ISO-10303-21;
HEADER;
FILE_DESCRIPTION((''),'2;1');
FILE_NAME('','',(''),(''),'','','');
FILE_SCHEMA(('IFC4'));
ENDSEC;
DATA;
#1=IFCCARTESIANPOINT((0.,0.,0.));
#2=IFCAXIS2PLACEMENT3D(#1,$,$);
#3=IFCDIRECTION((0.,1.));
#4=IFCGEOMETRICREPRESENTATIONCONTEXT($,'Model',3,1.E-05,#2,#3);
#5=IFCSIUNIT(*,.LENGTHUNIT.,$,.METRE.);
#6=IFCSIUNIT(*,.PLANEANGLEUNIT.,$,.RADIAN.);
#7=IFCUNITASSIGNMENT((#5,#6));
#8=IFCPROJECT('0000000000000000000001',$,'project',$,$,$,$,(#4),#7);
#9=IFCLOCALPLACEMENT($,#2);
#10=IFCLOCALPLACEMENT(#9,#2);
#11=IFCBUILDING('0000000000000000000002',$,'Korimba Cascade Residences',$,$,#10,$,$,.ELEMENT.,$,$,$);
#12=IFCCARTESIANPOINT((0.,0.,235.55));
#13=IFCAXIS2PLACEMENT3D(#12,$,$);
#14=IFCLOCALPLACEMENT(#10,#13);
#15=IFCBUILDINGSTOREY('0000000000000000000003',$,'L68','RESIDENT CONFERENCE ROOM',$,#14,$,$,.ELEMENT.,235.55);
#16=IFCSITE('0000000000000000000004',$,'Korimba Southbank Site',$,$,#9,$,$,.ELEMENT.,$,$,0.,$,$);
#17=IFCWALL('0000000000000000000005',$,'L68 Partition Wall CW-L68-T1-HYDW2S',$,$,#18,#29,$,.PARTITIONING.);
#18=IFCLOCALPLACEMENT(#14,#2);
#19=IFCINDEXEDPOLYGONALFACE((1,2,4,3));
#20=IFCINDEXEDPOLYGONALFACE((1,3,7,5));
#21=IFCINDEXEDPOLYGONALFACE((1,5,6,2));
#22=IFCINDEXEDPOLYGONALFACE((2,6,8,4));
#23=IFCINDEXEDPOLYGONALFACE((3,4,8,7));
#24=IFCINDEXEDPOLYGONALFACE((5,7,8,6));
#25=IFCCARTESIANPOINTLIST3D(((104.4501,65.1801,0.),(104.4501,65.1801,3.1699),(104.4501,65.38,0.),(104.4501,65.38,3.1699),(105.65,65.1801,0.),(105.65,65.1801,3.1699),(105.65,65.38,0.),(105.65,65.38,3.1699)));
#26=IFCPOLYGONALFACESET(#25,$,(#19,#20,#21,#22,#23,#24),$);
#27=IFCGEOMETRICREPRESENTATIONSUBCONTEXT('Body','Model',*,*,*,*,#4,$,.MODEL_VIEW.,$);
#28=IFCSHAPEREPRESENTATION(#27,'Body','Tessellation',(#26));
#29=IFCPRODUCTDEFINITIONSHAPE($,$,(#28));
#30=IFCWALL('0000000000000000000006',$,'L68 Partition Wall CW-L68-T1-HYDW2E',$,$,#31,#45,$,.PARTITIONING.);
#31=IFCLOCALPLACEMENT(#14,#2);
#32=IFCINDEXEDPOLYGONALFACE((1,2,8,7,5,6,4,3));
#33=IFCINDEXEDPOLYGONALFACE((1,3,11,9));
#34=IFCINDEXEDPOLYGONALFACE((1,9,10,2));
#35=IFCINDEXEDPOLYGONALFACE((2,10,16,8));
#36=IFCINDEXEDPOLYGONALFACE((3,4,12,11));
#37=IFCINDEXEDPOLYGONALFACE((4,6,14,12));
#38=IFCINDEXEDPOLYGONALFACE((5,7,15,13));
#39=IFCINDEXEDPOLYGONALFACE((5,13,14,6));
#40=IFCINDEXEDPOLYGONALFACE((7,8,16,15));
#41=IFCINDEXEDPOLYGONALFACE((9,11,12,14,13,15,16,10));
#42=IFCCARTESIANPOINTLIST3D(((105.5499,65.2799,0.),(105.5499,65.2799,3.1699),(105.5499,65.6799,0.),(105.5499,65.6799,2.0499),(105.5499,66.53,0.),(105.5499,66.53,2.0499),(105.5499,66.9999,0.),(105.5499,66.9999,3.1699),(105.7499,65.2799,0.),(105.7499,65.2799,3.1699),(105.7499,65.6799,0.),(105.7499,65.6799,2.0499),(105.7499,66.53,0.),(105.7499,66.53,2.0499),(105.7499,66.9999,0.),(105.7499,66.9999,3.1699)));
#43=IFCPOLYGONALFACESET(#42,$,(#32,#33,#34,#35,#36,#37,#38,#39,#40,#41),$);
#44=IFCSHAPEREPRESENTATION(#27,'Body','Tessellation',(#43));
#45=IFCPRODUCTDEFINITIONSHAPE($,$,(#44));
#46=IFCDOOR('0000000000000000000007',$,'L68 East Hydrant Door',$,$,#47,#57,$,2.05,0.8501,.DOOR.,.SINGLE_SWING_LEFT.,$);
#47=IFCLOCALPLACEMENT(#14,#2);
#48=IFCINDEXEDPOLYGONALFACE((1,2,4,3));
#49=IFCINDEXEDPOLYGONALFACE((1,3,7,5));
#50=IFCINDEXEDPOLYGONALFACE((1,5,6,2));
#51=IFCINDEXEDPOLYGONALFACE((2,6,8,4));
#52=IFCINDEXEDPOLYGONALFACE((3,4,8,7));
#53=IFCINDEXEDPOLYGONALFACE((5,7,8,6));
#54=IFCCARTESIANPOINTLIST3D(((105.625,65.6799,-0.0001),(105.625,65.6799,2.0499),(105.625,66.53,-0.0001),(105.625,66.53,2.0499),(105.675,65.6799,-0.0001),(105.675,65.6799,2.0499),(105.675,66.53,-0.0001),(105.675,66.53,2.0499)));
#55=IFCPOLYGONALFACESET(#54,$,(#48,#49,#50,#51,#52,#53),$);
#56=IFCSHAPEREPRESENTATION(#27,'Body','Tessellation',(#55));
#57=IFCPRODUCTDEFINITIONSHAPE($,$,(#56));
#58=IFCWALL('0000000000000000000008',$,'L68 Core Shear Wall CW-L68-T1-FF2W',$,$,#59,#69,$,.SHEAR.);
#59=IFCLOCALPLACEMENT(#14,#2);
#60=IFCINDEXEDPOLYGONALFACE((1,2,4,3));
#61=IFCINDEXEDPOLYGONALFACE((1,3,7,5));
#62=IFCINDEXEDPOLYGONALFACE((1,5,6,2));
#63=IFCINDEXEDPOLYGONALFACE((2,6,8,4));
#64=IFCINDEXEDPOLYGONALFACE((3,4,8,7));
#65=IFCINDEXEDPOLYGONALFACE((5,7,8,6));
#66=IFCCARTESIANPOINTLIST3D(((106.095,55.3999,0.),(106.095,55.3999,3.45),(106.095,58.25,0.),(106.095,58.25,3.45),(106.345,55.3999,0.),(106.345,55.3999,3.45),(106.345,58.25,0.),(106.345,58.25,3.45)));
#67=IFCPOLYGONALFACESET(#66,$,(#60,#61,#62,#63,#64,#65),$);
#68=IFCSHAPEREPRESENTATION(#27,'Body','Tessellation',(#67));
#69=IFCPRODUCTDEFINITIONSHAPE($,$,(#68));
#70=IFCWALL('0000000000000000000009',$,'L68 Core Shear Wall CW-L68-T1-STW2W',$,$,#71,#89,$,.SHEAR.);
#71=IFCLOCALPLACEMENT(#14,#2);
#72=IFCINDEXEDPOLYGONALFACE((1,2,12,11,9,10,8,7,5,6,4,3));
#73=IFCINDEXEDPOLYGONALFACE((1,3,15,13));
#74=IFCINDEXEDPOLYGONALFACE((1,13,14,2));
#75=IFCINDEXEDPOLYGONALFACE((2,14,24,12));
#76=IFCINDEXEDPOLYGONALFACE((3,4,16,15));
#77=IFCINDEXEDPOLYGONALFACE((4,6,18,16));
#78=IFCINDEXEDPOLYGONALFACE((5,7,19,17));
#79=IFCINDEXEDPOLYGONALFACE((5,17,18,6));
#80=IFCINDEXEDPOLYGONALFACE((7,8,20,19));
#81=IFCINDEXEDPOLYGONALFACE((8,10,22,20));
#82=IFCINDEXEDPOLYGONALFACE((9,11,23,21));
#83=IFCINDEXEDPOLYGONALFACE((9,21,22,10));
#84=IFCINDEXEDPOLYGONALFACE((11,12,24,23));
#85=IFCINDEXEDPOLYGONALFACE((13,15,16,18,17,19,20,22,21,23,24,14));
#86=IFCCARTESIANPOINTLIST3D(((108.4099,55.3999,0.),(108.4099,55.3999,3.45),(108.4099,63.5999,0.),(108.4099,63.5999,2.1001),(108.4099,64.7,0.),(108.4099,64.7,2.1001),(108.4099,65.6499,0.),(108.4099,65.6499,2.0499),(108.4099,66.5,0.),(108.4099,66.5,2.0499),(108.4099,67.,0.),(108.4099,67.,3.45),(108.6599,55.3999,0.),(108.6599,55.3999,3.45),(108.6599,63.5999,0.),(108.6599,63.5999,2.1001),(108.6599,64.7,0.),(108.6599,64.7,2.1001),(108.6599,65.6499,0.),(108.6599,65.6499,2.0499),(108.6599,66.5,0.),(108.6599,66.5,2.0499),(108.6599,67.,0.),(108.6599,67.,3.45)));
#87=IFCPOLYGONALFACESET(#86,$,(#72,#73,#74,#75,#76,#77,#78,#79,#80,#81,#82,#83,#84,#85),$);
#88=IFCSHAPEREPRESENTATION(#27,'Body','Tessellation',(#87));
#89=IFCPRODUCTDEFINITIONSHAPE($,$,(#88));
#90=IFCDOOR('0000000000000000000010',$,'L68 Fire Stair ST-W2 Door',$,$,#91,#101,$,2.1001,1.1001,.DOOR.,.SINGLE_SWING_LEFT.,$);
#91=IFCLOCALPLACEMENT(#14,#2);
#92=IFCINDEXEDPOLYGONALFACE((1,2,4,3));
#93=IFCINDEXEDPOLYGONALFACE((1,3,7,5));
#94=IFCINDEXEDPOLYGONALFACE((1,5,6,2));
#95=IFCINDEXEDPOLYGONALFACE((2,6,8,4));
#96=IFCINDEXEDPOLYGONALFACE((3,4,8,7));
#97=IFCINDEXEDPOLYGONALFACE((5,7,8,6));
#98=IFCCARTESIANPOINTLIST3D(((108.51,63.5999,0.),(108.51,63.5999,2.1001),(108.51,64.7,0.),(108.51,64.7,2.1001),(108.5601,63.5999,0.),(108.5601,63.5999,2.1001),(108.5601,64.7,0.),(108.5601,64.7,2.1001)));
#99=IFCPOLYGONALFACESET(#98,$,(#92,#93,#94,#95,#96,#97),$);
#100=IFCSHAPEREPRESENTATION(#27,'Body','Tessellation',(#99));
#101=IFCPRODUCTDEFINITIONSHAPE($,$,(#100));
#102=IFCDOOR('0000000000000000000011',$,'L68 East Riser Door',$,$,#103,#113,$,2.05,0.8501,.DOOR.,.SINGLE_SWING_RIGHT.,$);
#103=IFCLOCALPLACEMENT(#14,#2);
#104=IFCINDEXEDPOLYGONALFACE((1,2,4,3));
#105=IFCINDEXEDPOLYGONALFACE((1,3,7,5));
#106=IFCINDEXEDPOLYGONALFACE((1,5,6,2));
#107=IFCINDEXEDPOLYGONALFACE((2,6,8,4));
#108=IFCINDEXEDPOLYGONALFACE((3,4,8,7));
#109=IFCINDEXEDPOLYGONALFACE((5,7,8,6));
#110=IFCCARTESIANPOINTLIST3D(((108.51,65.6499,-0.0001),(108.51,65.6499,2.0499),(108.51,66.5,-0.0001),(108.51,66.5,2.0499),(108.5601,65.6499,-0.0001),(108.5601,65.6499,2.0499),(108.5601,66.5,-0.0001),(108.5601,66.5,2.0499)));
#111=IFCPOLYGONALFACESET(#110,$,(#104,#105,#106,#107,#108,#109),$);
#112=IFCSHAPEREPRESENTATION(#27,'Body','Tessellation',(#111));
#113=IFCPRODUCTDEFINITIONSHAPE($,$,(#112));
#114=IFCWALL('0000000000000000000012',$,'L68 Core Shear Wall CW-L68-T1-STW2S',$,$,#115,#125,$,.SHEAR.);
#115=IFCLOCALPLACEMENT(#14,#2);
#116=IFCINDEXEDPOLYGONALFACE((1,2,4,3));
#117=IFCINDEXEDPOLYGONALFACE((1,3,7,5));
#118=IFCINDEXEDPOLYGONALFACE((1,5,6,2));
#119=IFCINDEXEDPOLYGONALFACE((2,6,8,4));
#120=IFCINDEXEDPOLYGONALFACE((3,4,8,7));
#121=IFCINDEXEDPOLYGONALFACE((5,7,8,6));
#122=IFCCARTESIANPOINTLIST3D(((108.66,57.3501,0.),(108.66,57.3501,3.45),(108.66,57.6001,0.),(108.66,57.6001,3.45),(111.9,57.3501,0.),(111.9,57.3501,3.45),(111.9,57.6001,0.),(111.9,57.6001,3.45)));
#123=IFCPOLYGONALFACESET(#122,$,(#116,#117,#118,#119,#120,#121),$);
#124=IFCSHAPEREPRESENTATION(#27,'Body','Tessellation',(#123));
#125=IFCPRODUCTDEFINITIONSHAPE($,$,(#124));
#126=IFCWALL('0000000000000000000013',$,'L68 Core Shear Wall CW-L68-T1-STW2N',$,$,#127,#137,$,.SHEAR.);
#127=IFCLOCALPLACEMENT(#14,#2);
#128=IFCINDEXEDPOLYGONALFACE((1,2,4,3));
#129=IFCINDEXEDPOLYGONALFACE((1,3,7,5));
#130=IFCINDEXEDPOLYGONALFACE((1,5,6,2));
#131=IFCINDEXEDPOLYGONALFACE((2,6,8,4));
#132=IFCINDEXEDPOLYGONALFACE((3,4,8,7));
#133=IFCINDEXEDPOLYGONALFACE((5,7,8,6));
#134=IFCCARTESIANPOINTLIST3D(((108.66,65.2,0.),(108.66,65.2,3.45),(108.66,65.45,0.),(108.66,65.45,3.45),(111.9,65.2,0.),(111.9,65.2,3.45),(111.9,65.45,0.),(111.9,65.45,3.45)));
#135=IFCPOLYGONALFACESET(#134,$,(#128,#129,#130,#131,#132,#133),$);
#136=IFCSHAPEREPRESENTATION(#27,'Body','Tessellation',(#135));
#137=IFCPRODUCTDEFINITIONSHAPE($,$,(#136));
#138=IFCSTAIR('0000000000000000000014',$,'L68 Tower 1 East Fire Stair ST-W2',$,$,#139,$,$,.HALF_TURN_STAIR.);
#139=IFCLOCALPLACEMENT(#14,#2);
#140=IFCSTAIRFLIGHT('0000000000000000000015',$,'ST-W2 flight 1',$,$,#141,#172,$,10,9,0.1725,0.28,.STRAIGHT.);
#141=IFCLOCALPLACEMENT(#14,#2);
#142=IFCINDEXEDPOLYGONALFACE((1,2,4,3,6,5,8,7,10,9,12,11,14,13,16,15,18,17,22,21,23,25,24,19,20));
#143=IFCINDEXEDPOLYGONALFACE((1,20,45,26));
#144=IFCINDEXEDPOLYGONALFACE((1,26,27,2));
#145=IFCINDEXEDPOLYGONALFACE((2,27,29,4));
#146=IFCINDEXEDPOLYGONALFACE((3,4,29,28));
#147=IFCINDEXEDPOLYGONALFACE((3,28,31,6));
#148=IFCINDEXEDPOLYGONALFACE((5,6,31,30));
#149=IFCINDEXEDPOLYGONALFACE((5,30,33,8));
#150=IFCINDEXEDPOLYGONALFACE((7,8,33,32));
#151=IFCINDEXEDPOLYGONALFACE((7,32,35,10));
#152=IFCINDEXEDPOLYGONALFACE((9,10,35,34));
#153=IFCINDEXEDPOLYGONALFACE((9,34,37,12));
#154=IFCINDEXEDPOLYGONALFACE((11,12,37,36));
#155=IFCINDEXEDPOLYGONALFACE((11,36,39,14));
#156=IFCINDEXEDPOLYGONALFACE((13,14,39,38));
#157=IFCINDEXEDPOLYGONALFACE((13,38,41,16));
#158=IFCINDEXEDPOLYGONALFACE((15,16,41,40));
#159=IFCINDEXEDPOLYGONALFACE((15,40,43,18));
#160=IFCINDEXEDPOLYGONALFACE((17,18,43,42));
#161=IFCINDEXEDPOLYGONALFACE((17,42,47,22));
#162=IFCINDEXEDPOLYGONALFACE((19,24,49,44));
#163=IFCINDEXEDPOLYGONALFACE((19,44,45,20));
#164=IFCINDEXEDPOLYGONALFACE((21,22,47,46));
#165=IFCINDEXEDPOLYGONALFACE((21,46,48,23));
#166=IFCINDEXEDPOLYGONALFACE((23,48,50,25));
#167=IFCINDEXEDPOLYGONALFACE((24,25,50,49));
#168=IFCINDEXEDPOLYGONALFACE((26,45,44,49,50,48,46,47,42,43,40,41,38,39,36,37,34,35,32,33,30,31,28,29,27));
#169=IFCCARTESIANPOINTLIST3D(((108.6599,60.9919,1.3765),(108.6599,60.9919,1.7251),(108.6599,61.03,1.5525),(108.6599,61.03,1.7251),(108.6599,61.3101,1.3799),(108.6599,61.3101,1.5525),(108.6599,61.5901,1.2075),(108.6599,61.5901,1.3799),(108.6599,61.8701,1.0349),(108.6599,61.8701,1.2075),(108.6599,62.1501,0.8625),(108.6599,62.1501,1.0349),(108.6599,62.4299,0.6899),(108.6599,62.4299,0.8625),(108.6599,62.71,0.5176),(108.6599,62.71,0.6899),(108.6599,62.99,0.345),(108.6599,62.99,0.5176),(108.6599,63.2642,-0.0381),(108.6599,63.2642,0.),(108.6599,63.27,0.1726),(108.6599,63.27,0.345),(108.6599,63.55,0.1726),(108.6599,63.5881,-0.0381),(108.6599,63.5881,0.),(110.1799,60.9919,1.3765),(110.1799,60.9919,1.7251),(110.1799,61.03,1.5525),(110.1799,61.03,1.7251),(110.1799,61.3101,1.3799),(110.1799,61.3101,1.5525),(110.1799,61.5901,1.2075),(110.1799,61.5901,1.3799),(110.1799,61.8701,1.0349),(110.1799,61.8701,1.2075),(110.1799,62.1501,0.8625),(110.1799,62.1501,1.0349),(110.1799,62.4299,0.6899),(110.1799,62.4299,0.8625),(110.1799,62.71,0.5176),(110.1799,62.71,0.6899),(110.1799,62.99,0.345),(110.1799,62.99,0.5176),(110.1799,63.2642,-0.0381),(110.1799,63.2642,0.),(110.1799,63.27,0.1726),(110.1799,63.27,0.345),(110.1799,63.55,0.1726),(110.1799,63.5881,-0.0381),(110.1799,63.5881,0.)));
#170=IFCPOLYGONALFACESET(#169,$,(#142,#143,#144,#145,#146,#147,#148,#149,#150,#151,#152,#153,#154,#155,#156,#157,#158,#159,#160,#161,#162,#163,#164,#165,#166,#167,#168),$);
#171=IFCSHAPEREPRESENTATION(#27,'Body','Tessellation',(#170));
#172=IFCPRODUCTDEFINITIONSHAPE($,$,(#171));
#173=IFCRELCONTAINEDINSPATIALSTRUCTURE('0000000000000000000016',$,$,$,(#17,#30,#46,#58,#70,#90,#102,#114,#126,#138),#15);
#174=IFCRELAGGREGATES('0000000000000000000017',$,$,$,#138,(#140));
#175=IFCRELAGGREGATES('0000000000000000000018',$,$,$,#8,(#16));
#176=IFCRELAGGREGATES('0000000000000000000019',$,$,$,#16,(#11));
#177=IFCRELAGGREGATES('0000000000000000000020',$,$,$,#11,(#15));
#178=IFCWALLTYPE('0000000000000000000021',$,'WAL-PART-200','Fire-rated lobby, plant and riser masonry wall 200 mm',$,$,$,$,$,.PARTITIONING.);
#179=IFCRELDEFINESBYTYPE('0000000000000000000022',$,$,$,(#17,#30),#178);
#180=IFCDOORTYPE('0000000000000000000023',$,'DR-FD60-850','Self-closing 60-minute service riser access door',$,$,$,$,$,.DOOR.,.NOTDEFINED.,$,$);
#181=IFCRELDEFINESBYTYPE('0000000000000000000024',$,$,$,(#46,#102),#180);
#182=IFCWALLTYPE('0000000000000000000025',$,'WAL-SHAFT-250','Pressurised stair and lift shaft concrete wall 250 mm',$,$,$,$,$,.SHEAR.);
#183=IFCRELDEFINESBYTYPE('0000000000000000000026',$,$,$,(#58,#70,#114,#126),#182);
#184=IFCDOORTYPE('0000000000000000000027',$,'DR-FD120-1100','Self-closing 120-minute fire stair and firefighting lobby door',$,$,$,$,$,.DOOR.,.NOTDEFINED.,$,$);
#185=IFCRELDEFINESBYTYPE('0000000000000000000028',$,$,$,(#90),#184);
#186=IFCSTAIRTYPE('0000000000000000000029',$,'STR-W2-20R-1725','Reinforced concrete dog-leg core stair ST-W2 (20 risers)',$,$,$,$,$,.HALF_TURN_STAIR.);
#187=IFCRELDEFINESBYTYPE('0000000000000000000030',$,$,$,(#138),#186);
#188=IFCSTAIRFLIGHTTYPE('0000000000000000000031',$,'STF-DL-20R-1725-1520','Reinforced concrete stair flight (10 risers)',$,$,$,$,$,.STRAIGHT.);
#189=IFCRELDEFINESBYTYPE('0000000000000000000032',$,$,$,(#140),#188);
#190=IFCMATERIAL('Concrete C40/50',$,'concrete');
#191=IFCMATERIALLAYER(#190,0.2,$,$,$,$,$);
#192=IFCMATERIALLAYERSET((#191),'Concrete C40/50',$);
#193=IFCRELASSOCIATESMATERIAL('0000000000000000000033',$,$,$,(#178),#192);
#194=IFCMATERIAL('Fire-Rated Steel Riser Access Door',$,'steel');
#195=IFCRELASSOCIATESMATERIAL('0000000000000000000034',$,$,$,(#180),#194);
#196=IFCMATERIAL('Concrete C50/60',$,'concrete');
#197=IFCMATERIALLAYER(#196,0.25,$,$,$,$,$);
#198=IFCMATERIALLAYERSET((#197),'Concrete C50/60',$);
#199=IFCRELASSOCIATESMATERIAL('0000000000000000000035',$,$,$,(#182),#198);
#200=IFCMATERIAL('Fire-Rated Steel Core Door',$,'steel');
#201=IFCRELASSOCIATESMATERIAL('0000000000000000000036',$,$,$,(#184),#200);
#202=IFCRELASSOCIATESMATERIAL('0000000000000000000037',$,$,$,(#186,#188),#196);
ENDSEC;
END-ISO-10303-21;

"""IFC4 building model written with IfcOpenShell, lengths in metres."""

from ifc_helpers import new_model, si_unit, direction, frame, frame_2d, origin, place, context, subcontext, project, spatial, polyline, rectangle, outline, extrude, material, layer, layer_set, type_object, element, fill, aggregate, save


model = new_model("IFC4")

# Units and contexts
model_context = context("Model", 3, precision=1e-05, world=origin(), true_north=direction((0.0, 1.0)))
body_context = subcontext(model_context, "Body", "Model", "MODEL_VIEW")
ifc_project = project(units=[si_unit("LENGTHUNIT", "METRE"), si_unit("PLANEANGLEUNIT", "RADIAN")], contexts=[model_context])

# Site, building, storey
site_placement = place(None, origin())
site = spatial("IfcSite", under=ifc_project, at=site_placement, Name="Korimba Southbank Site", CompositionType="ELEMENT", RefElevation=0.0)
building_placement = place(site_placement, origin())
building = spatial("IfcBuilding", under=site, at=building_placement, Name="Korimba Cascade Residences", CompositionType="ELEMENT")
storey_placement = place(building_placement, frame((0.0, 0.0, 235.55)))
storey = spatial("IfcBuildingStorey", under=building, at=storey_placement, Name="L68", Description="RESIDENT CONFERENCE ROOM", CompositionType="ELEMENT", Elevation=235.55)

# Wall
ifc_material_1 = material(Name="Concrete C40/50", Category="concrete")
ifc_layer_1 = layer(ifc_material_1, 0.2)
ifc_layer_set_1 = layer_set([ifc_layer_1], Name="Concrete C40/50")
wall_type_1 = type_object("IfcWallType", Name="WAL-PART-200", Description="Fire-rated lobby, plant and riser masonry wall 200 mm", PredefinedType="PARTITIONING", material=ifc_layer_set_1)
wall_1_placement = place(storey_placement, frame((104.45, 65.28, 0.0), z_axis=(0.0, 0.0, 1.0), x_axis=(1.0, 0.0, 0.0)))
element("IfcWall", 1, at=wall_1_placement, inside=storey, type_object=wall_type_1, Name="L68 Partition Wall CW-L68-T1-HYDW2S", PredefinedType="PARTITIONING", context=body_context, shape_type="SweptSolid", body=[
    extrude(rectangle(XDim=1.2, YDim=0.2, at=frame_2d((0.6001, 0.0))), origin(), (0.0, 0.0, 1.0), 3.1699),
])

# Wall, opening, door
wall_2_placement = place(storey_placement, frame((105.6499, 65.28, 0.0), z_axis=(0.0, 0.0, 1.0), x_axis=(0.0, 1.0, 0.0)))
wall_2 = element("IfcWall", 2, at=wall_2_placement, inside=storey, type_object=wall_type_1, Name="L68 Partition Wall CW-L68-T1-HYDW2E", PredefinedType="PARTITIONING", context=body_context, shape_type="SweptSolid", body=[
    extrude(rectangle(XDim=1.72, YDim=0.2, at=frame_2d((0.8599, 0.0))), origin(), (0.0, 0.0, 1.0), 3.1699),
])
opening_1_placement = place(wall_2_placement, frame((0.3999, 0.0, 0.0)))
opening_1 = element("IfcOpeningElement", 3, at=opening_1_placement, cuts=wall_2, PredefinedType="OPENING", context=body_context, shape_type="SweptSolid", body=[
    extrude(rectangle(XDim=0.8501, YDim=2.05, at=frame_2d((0.425, 1.0249))), frame((0.0, 0.1099, 0.0), z_axis=(0.0, -1.0, 0.0), x_axis=(1.0, 0.0, 0.0)), (0.0, 0.0, 1.0), 0.22),
])
ifc_material_2 = material(Name="Fire-Rated Steel Riser Access Door", Category="steel")
door_type_1 = type_object("IfcDoorType", Name="DR-FD60-850", Description="Self-closing 60-minute service riser access door", OperationType="NOTDEFINED", PredefinedType="DOOR", material=ifc_material_2)
door_1_placement = place(opening_1_placement, origin())
door_1 = element("IfcDoor", 4, at=door_1_placement, inside=storey, type_object=door_type_1, Name="L68 East Hydrant Door", OperationType="SINGLE_SWING_LEFT", OverallHeight=2.05, OverallWidth=0.8501, PredefinedType="DOOR", context=body_context, shape_type="SweptSolid", body=[
    extrude(rectangle(XDim=0.8501, YDim=2.05, at=frame_2d((0.425, 1.0249))), frame((0.0, 0.0249, 0.0), z_axis=(0.0, -1.0, 0.0), x_axis=(1.0, 0.0, 0.0)), (0.0, 0.0, 1.0), 0.05),
])
fill(opening_1, door_1)

# Wall
ifc_material_3 = material(Name="Concrete C50/60", Category="concrete")
ifc_layer_2 = layer(ifc_material_3, 0.25)
ifc_layer_set_2 = layer_set([ifc_layer_2], Name="Concrete C50/60")
wall_type_2 = type_object("IfcWallType", Name="WAL-SHAFT-250", Description="Pressurised stair and lift shaft concrete wall 250 mm", PredefinedType="SHEAR", material=ifc_layer_set_2)
wall_3_placement = place(storey_placement, frame((106.22, 55.3999, 0.0), z_axis=(0.0, 0.0, 1.0), x_axis=(0.0, 1.0, 0.0)))
element("IfcWall", 5, at=wall_3_placement, inside=storey, type_object=wall_type_2, Name="L68 Core Shear Wall CW-L68-T1-FF2W", PredefinedType="SHEAR", context=body_context, shape_type="SweptSolid", body=[
    extrude(rectangle(XDim=2.8501, YDim=0.25, at=frame_2d((1.425, 0.0))), origin(), (0.0, 0.0, 1.0), 3.45),
])

# Wall, openings, doors
wall_4_placement = place(storey_placement, frame((108.5349, 55.3999, 0.0), z_axis=(0.0, 0.0, 1.0), x_axis=(0.0, 1.0, 0.0)))
wall_4 = element("IfcWall", 6, at=wall_4_placement, inside=storey, type_object=wall_type_2, Name="L68 Core Shear Wall CW-L68-T1-STW2W", PredefinedType="SHEAR", context=body_context, shape_type="SweptSolid", body=[
    extrude(rectangle(XDim=11.6001, YDim=0.25, at=frame_2d((5.8, 0.0))), origin(), (0.0, 0.0, 1.0), 3.45),
])
opening_2_placement = place(wall_4_placement, frame((8.2, 0.0, 0.0)))
opening_2 = element("IfcOpeningElement", 7, at=opening_2_placement, cuts=wall_4, PredefinedType="OPENING", context=body_context, shape_type="SweptSolid", body=[
    extrude(rectangle(XDim=1.1001, YDim=2.1001, at=frame_2d((0.55, 1.05))), frame((0.0, 0.135, 0.0), z_axis=(0.0, -1.0, 0.0), x_axis=(1.0, 0.0, 0.0)), (0.0, 0.0, 1.0), 0.27),
])
opening_3_placement = place(wall_4_placement, frame((10.25, 0.0, 0.0)))
opening_3 = element("IfcOpeningElement", 8, at=opening_3_placement, cuts=wall_4, PredefinedType="OPENING", context=body_context, shape_type="SweptSolid", body=[
    extrude(rectangle(XDim=0.8501, YDim=2.05, at=frame_2d((0.425, 1.0249))), frame((0.0, 0.135, 0.0), z_axis=(0.0, -1.0, 0.0), x_axis=(1.0, 0.0, 0.0)), (0.0, 0.0, 1.0), 0.27),
])
ifc_material_4 = material(Name="Fire-Rated Steel Core Door", Category="steel")
door_type_2 = type_object("IfcDoorType", Name="DR-FD120-1100", Description="Self-closing 120-minute fire stair and firefighting lobby door", OperationType="NOTDEFINED", PredefinedType="DOOR", material=ifc_material_4)
door_2_placement = place(opening_2_placement, origin())
door_2 = element("IfcDoor", 9, at=door_2_placement, inside=storey, type_object=door_type_2, Name="L68 Fire Stair ST-W2 Door", OperationType="SINGLE_SWING_LEFT", OverallHeight=2.1001, OverallWidth=1.1001, PredefinedType="DOOR", context=body_context, shape_type="SweptSolid", body=[
    extrude(rectangle(XDim=1.1001, YDim=2.1001, at=frame_2d((0.55, 1.05))), frame((0.0, 0.0249, 0.0), z_axis=(0.0, -1.0, 0.0), x_axis=(1.0, 0.0, 0.0)), (0.0, 0.0, 1.0), 0.05),
])
fill(opening_2, door_2)
door_3_placement = place(opening_3_placement, origin())
door_3 = element("IfcDoor", 10, at=door_3_placement, inside=storey, type_object=door_type_1, Name="L68 East Riser Door", OperationType="SINGLE_SWING_RIGHT", OverallHeight=2.05, OverallWidth=0.8501, PredefinedType="DOOR", context=body_context, shape_type="SweptSolid", body=[
    extrude(rectangle(XDim=0.8501, YDim=2.05, at=frame_2d((0.425, 1.0249))), frame((0.0, 0.0249, 0.0), z_axis=(0.0, -1.0, 0.0), x_axis=(1.0, 0.0, 0.0)), (0.0, 0.0, 1.0), 0.05),
])
fill(opening_3, door_3)

# Walls
for number, where, z_axis, x_axis, name in (
    (11, (108.6599, 57.4751, 0.0), (0.0, 0.0, 1.0), (1.0, 0.0, 0.0), "L68 Core Shear Wall CW-L68-T1-STW2S"),
    (12, (108.6599, 65.325, 0.0), (0.0, 0.0, 1.0), (1.0, 0.0, 0.0), "L68 Core Shear Wall CW-L68-T1-STW2N"),
):
    element("IfcWall", number, at=place(storey_placement, frame(where, z_axis=z_axis, x_axis=x_axis)), inside=storey, type_object=wall_type_2, Name=name, PredefinedType="SHEAR", context=body_context, shape_type="SweptSolid", body=[
        extrude(rectangle(XDim=3.24, YDim=0.25, at=frame_2d((1.6201, 0.0))), origin(), (0.0, 0.0, 1.0), 3.45),
    ])

# Stair, stair flight
stair_type = type_object("IfcStairType", Name="STR-W2-20R-1725", Description="Reinforced concrete dog-leg core stair ST-W2 (20 risers)", PredefinedType="HALF_TURN_STAIR", material=ifc_material_3)
stair_placement = place(storey_placement, origin())
stair = element("IfcStair", 13, at=stair_placement, inside=storey, type_object=stair_type, Name="L68 Tower 1 East Fire Stair ST-W2", PredefinedType="HALF_TURN_STAIR")
stair_flight_type = type_object("IfcStairFlightType", Name="STF-DL-20R-1725-1520", Description="Reinforced concrete stair flight (10 risers)", PredefinedType="STRAIGHT", material=ifc_material_3)
stair_flight_1_placement = place(storey_placement, frame((109.4199, 63.55, 0.0), z_axis=(0.0, 0.0, 1.0), x_axis=(0.0, -1.0, 0.0)))
stair_flight_1 = element("IfcStairFlight", 14, at=stair_flight_1_placement, type_object=stair_flight_type, Name="ST-W2 flight 1", NumberOfRisers=10, NumberOfTreads=9, PredefinedType="STRAIGHT", RiserHeight=0.1725, TreadLength=0.28, context=body_context, shape_type="SweptSolid", body=[
    extrude(outline(polyline([(-0.0381, 0.0), (0.0, 0.1726), (0.28, 0.1726), (0.28, 0.345), (0.5601, 0.345), (0.5601, 0.5176), (0.8401, 0.5176), (0.8401, 0.6899), (1.1201, 0.6899), (1.1201, 0.8625), (1.3999, 0.8625), (1.3999, 1.0349), (1.6799, 1.0349), (1.6799, 1.2075), (1.96, 1.2075), (1.96, 1.3799), (2.24, 1.3799), (2.24, 1.5525), (2.52, 1.5525), (2.52, 1.7251), (2.5581, 1.7251), (2.5581, 1.3765), (0.2859, 0.0), (0.2859, -0.0381), (-0.0381, -0.0381), (-0.0381, 0.0)])), frame((0.0, 0.76, 0.0), z_axis=(0.0, -1.0, 0.0), x_axis=(1.0, 0.0, 0.0)), (0.0, 0.0, 1.0), 1.52),
])
aggregate(stair, [stair_flight_1])

save(model, "model.ifc")
